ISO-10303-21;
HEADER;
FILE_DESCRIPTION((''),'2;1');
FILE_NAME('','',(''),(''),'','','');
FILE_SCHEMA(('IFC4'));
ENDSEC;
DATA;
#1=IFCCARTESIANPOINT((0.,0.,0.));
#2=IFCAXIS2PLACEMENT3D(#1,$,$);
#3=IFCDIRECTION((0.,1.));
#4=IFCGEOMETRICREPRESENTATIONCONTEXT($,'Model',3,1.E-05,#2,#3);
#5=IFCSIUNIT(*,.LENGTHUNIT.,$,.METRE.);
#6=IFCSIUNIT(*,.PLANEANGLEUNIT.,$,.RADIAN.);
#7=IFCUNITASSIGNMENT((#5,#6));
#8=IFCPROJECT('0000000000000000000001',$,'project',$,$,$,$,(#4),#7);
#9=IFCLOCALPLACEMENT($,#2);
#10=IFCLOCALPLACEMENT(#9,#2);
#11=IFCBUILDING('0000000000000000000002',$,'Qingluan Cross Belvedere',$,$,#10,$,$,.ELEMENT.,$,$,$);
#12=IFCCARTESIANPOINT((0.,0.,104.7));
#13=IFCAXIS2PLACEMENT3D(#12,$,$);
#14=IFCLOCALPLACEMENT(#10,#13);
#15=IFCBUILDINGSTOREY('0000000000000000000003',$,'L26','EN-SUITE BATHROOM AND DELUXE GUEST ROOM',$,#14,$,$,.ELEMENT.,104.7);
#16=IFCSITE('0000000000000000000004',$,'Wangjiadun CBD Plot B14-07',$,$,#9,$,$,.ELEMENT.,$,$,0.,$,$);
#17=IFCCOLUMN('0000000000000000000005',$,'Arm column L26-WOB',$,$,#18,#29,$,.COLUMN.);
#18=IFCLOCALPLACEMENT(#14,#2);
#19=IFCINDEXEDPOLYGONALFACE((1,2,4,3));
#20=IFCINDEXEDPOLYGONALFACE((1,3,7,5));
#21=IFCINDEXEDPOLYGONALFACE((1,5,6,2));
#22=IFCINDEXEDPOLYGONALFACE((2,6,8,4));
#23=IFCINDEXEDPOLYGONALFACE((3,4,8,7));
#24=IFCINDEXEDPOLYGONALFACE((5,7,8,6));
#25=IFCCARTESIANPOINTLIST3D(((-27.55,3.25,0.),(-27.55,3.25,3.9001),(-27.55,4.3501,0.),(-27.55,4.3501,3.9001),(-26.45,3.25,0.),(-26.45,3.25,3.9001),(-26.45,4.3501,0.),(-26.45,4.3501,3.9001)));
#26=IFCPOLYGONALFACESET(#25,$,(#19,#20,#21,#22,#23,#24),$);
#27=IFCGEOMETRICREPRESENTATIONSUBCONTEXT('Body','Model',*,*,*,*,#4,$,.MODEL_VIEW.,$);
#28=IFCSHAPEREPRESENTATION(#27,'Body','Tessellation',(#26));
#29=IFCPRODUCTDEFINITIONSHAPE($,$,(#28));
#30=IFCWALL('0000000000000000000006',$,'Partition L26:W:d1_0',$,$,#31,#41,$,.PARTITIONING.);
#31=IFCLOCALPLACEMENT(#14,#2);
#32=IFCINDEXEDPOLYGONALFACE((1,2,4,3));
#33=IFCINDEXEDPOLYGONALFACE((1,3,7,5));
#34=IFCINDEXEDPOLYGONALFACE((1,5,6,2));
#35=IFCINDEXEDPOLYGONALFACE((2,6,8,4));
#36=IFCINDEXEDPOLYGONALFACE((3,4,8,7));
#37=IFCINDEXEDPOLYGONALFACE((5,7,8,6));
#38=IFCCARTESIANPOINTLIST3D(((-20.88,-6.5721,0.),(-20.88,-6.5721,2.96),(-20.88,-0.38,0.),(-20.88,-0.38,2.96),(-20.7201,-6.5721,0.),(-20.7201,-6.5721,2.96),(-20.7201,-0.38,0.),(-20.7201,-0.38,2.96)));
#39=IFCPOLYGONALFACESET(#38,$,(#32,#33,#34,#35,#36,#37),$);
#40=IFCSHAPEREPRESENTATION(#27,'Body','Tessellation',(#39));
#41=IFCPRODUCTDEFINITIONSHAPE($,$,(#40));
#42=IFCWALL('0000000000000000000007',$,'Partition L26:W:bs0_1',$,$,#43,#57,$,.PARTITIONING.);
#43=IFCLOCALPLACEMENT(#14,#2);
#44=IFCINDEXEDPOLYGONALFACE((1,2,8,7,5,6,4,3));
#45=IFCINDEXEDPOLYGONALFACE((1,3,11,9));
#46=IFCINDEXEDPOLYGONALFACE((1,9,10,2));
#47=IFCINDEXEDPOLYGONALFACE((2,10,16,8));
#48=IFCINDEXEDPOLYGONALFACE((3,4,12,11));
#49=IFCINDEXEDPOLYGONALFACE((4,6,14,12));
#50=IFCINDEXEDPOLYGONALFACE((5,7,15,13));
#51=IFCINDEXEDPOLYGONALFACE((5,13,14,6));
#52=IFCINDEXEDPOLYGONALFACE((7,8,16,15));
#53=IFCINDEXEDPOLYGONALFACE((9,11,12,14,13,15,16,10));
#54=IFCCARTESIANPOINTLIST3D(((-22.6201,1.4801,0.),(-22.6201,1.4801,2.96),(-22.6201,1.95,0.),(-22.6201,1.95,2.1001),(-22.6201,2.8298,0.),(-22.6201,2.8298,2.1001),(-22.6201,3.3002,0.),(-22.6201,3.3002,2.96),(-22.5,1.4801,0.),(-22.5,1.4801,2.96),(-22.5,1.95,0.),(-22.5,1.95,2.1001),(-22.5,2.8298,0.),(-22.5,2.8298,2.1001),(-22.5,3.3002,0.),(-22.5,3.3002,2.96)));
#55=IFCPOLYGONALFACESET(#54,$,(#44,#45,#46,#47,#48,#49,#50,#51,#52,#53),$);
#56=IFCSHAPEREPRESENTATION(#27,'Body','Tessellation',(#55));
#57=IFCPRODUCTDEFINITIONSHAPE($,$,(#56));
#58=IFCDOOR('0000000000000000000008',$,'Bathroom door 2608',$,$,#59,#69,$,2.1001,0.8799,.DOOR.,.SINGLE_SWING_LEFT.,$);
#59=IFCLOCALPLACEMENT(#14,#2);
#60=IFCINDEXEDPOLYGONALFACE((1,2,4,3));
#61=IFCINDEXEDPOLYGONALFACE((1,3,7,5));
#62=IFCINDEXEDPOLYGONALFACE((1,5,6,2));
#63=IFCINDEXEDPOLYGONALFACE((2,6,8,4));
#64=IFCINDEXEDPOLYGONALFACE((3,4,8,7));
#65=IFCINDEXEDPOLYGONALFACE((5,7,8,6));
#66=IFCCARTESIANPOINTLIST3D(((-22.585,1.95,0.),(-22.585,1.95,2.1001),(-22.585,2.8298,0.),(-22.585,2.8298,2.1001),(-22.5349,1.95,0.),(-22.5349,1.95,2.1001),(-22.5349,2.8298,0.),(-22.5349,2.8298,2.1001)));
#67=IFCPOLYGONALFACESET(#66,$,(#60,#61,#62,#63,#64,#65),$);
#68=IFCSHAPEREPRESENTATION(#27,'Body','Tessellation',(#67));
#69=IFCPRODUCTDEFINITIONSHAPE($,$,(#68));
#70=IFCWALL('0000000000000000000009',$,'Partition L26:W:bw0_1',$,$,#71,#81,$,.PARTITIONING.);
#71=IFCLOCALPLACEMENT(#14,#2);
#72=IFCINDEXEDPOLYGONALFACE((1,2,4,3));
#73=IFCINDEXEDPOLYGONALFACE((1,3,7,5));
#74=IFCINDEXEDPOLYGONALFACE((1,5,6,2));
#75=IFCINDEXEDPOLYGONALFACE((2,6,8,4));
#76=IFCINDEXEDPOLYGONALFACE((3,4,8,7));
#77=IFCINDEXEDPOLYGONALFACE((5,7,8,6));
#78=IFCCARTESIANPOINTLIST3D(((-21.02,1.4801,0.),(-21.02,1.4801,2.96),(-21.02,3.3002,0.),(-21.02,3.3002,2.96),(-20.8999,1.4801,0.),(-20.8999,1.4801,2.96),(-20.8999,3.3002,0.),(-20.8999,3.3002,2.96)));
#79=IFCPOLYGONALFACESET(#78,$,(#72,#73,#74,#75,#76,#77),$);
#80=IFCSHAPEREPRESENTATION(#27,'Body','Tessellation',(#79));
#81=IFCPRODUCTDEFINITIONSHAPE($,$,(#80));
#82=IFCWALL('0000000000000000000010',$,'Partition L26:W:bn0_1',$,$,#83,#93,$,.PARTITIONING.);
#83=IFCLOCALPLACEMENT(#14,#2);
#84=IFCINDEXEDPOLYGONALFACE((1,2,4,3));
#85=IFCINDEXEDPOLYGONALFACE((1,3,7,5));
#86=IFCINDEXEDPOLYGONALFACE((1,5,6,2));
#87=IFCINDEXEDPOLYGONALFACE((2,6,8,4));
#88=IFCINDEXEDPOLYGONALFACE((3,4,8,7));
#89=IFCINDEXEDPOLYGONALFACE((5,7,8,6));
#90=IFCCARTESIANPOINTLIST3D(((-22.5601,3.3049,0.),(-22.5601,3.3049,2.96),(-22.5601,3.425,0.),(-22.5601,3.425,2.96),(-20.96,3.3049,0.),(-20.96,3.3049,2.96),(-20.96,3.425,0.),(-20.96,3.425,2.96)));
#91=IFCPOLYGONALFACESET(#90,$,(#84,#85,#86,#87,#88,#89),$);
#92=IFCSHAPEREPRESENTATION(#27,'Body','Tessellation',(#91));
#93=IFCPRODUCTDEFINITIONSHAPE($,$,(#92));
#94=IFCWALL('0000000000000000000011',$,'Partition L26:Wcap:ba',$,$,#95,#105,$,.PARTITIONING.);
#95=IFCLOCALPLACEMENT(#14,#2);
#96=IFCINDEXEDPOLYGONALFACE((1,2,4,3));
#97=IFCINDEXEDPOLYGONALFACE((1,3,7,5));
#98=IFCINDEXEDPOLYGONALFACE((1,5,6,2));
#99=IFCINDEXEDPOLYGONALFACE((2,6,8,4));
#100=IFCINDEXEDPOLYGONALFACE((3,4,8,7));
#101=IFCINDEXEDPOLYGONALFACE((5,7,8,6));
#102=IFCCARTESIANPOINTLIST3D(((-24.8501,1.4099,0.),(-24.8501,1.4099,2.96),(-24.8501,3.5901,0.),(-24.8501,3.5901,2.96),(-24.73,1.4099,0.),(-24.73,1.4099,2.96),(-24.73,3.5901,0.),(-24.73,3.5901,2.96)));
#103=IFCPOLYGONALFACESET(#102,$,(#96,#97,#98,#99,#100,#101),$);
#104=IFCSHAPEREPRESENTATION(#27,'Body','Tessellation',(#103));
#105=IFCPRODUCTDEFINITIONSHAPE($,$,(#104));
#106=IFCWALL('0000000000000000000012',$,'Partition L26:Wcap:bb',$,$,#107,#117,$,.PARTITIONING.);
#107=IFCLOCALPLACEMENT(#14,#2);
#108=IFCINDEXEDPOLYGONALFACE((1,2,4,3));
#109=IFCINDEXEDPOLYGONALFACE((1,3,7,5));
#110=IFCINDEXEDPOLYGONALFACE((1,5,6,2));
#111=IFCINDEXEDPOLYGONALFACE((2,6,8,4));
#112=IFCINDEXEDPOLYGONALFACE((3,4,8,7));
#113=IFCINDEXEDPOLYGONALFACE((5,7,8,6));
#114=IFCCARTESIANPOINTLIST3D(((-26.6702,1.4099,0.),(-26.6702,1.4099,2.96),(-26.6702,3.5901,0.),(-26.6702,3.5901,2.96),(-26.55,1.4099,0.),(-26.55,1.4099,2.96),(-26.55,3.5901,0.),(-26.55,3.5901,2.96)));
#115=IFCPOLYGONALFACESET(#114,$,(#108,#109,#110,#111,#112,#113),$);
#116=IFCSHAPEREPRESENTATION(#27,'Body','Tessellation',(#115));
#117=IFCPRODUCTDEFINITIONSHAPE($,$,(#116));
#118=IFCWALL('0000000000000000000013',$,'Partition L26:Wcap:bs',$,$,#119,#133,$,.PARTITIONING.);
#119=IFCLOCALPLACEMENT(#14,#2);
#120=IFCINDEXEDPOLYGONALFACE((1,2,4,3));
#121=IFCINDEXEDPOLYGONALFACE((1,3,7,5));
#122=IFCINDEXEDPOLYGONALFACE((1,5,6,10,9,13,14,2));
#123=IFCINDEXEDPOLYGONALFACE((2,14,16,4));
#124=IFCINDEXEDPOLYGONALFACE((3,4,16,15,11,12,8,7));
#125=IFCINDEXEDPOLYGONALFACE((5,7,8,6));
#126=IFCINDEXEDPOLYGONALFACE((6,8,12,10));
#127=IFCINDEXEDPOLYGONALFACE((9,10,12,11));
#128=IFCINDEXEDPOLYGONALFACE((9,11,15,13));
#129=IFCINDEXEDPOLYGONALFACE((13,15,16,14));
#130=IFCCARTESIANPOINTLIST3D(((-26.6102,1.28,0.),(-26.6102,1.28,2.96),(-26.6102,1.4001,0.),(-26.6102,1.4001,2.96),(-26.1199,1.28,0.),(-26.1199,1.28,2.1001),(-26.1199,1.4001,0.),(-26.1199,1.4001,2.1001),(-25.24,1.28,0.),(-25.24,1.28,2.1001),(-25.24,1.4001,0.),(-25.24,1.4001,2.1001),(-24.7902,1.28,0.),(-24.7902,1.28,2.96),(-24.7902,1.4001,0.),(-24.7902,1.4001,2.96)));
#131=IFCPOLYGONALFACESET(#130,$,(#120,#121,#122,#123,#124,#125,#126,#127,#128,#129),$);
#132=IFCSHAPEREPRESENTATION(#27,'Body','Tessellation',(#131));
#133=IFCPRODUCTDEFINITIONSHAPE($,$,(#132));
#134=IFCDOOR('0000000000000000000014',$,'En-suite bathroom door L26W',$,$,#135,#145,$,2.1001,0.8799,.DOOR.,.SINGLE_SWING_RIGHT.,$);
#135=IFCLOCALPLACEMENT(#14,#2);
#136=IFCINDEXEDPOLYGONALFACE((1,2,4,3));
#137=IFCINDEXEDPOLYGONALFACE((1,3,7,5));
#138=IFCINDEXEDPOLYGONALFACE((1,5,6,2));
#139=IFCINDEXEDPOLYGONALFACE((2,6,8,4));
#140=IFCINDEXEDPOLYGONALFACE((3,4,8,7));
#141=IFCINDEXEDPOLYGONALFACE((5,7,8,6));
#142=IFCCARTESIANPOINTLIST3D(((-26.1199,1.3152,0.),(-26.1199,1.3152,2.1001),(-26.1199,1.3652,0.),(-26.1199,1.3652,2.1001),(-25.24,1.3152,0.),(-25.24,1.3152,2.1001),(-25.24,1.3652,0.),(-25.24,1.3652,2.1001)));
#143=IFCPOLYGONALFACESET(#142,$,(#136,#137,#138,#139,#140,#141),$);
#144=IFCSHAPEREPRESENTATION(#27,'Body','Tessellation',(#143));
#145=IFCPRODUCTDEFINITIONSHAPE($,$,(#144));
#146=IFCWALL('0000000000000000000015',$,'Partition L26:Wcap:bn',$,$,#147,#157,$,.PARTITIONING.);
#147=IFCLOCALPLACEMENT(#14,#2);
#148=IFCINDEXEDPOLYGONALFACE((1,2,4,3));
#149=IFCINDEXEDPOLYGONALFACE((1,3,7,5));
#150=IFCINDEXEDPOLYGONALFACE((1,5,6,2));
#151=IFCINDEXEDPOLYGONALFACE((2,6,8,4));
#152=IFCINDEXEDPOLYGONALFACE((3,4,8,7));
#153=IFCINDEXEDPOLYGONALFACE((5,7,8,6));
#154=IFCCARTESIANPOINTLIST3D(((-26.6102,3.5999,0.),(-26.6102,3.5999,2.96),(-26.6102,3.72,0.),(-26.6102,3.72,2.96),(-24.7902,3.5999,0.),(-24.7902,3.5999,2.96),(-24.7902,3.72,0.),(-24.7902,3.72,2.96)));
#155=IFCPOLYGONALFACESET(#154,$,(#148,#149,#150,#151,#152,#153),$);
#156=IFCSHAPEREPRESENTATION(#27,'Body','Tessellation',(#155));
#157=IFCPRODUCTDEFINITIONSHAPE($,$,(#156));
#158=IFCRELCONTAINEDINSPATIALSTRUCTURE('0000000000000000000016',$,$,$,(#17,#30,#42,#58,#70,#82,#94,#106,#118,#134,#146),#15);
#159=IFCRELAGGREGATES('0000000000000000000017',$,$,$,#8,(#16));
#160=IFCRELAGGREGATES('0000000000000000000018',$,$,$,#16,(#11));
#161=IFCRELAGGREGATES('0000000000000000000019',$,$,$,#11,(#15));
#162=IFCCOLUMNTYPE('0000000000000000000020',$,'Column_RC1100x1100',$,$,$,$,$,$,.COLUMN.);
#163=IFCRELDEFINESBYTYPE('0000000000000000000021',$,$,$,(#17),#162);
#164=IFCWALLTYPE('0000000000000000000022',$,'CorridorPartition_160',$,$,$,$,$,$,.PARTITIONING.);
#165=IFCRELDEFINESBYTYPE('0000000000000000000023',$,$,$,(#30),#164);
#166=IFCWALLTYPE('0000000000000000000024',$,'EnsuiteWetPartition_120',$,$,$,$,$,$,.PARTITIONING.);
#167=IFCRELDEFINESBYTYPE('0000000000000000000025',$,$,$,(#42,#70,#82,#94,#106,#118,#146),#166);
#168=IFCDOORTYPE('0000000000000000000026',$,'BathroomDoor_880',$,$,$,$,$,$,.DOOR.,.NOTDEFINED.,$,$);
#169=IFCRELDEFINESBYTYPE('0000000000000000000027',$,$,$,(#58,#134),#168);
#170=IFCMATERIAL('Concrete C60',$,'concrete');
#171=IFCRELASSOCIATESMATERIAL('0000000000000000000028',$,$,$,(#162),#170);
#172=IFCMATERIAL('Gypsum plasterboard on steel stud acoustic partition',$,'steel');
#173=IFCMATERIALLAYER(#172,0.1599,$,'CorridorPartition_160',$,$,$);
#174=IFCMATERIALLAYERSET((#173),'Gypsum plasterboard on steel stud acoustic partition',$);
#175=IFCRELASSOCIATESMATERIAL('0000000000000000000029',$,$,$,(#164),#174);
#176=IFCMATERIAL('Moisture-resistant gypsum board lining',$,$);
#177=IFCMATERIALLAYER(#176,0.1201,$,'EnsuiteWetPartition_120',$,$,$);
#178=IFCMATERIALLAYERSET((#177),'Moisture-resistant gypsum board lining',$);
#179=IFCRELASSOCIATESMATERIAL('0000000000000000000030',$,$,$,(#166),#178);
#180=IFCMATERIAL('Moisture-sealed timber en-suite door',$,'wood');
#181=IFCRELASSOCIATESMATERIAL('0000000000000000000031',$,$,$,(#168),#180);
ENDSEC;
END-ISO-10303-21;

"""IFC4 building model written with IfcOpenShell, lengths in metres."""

from ifc_helpers import new_model, si_unit, direction, frame, frame_2d, origin, origin_2d, place, context, subcontext, project, spatial, rectangle, extrude, material, layer, layer_set, material_profile, profile_set, type_object, element, fill, save


model = new_model("IFC4")

# Units and contexts
model_context = context("Model", 3, precision=1e-05, world=origin(), true_north=direction((0.0, 1.0)))
body_context = subcontext(model_context, "Body", "Model", "MODEL_VIEW")
ifc_project = project(units=[si_unit("LENGTHUNIT", "METRE"), si_unit("PLANEANGLEUNIT", "RADIAN")], contexts=[model_context])

# Site, building, storey
site_placement = place(None, origin())
site = spatial("IfcSite", under=ifc_project, at=site_placement, Name="Wangjiadun CBD Plot B14-07", CompositionType="ELEMENT", RefElevation=0.0)
building_placement = place(site_placement, origin())
building = spatial("IfcBuilding", under=site, at=building_placement, Name="Qingluan Cross Belvedere", CompositionType="ELEMENT")
storey_placement = place(building_placement, frame((0.0, 0.0, 104.7)))
storey = spatial("IfcBuildingStorey", under=building, at=storey_placement, Name="L26", Description="EN-SUITE BATHROOM AND DELUXE GUEST ROOM", CompositionType="ELEMENT", Elevation=104.7)

# Column
ifc_material_1 = material(Name="Concrete C60", Category="concrete")
ifc_material_profile = material_profile(ifc_material_1, rectangle(XDim=1.1001, YDim=1.1001, at=origin_2d()), Name="RC1100x1100")
ifc_profile_set = profile_set([ifc_material_profile], Name="Concrete C60")
column_type = type_object("IfcColumnType", Name="Column_RC1100x1100", PredefinedType="COLUMN", material=ifc_profile_set)
column_placement = place(storey_placement, frame((-27.0, 3.8, 0.0), z_axis=(0.0, 0.0, 1.0), x_axis=(1.0, 0.0, 0.0)))
element("IfcColumn", 1, at=column_placement, inside=storey, type_object=column_type, Name="Arm column L26-WOB", PredefinedType="COLUMN", context=body_context, shape_type="SweptSolid", body=[
    extrude(rectangle(XDim=1.1001, YDim=1.1001, at=origin_2d()), origin(), (0.0, 0.0, 1.0), 3.9001),
])

# Wall
ifc_material_2 = material(Name="Gypsum plasterboard on steel stud acoustic partition", Category="steel")
ifc_layer_1 = layer(ifc_material_2, 0.1599, Name="CorridorPartition_160")
ifc_layer_set_1 = layer_set([ifc_layer_1], Name="Gypsum plasterboard on steel stud acoustic partition")
wall_type_1 = type_object("IfcWallType", Name="CorridorPartition_160", PredefinedType="PARTITIONING", material=ifc_layer_set_1)
wall_1_placement = place(storey_placement, frame((-20.8, -0.3799, 0.0), z_axis=(0.0, 0.0, 1.0), x_axis=(0.0, -1.0, 0.0)))
element("IfcWall", 2, at=wall_1_placement, inside=storey, type_object=wall_type_1, Name="Partition L26:W:d1_0", PredefinedType="PARTITIONING", context=body_context, shape_type="SweptSolid", body=[
    extrude(rectangle(XDim=6.1921, YDim=0.1599, at=frame_2d((3.0962, 0.0))), origin(), (0.0, 0.0, 1.0), 2.96),
])

# Wall, opening, door
ifc_material_3 = material(Name="Moisture-resistant gypsum board lining")
ifc_layer_2 = layer(ifc_material_3, 0.1201, Name="EnsuiteWetPartition_120")
ifc_layer_set_2 = layer_set([ifc_layer_2], Name="Moisture-resistant gypsum board lining")
wall_type_2 = type_object("IfcWallType", Name="EnsuiteWetPartition_120", PredefinedType="PARTITIONING", material=ifc_layer_set_2)
wall_2_placement = place(storey_placement, frame((-22.5601, 1.48, 0.0), z_axis=(0.0, 0.0, 1.0), x_axis=(0.0, 1.0, 0.0)))
wall_2 = element("IfcWall", 3, at=wall_2_placement, inside=storey, type_object=wall_type_2, Name="Partition L26:W:bs0_1", PredefinedType="PARTITIONING", context=body_context, shape_type="SweptSolid", body=[
    extrude(rectangle(XDim=1.8201, YDim=0.1201, at=frame_2d((0.9102, 0.0))), origin(), (0.0, 0.0, 1.0), 2.96),
])
opening_1_placement = place(wall_2_placement, frame((0.47, 0.0, 0.0)))
opening_1 = element("IfcOpeningElement", 4, at=opening_1_placement, cuts=wall_2, PredefinedType="OPENING", context=body_context, shape_type="SweptSolid", body=[
    extrude(rectangle(XDim=0.8799, YDim=2.1001, at=frame_2d((0.4399, 1.05))), frame((0.0, 0.0701, 0.0), z_axis=(0.0, -1.0, 0.0), x_axis=(1.0, 0.0, 0.0)), (0.0, 0.0, 1.0), 0.1401),
])
ifc_material_4 = material(Name="Moisture-sealed timber en-suite door", Category="wood")
door_type = type_object("IfcDoorType", Name="BathroomDoor_880", OperationType="NOTDEFINED", PredefinedType="DOOR", material=ifc_material_4)
door_1_placement = place(opening_1_placement, origin())
door_1 = element("IfcDoor", 5, at=door_1_placement, inside=storey, type_object=door_type, Name="Bathroom door 2608", OperationType="SINGLE_SWING_LEFT", OverallHeight=2.1001, OverallWidth=0.8799, PredefinedType="DOOR", context=body_context, shape_type="SweptSolid", body=[
    extrude(rectangle(XDim=0.8799, YDim=2.1001, at=frame_2d((0.4399, 1.05))), frame((0.0, 0.0249, 0.0), z_axis=(0.0, -1.0, 0.0), x_axis=(1.0, 0.0, 0.0)), (0.0, 0.0, 1.0), 0.05),
])
fill(opening_1, door_1)

# Walls
wall_3_placement = place(storey_placement, frame((-20.96, 1.48, 0.0), z_axis=(0.0, 0.0, 1.0), x_axis=(0.0, 1.0, 0.0)))
element("IfcWall", 6, at=wall_3_placement, inside=storey, type_object=wall_type_2, Name="Partition L26:W:bw0_1", PredefinedType="PARTITIONING", context=body_context, shape_type="SweptSolid", body=[
    extrude(rectangle(XDim=1.8201, YDim=0.1201, at=frame_2d((0.9102, 0.0))), origin(), (0.0, 0.0, 1.0), 2.96),
])
wall_4_placement = place(storey_placement, frame((-20.96, 3.365, 0.0), z_axis=(0.0, 0.0, 1.0), x_axis=(-1.0, 0.0, 0.0)))
element("IfcWall", 7, at=wall_4_placement, inside=storey, type_object=wall_type_2, Name="Partition L26:W:bn0_1", PredefinedType="PARTITIONING", context=body_context, shape_type="SweptSolid", body=[
    extrude(rectangle(XDim=1.6001, YDim=0.1201, at=frame_2d((0.8, 0.0))), origin(), (0.0, 0.0, 1.0), 2.96),
])
for number, where, z_axis, x_axis, name in (
    (8, (-24.79, 1.4099, 0.0), (0.0, 0.0, 1.0), (0.0, 1.0, 0.0), "Partition L26:Wcap:ba"),
    (9, (-26.6101, 1.4099, 0.0), (0.0, 0.0, 1.0), (0.0, 1.0, 0.0), "Partition L26:Wcap:bb"),
):
    element("IfcWall", number, at=place(storey_placement, frame(where, z_axis=z_axis, x_axis=x_axis)), inside=storey, type_object=wall_type_2, Name=name, PredefinedType="PARTITIONING", context=body_context, shape_type="SweptSolid", body=[
        extrude(rectangle(XDim=2.1802, YDim=0.1201, at=frame_2d((1.0901, 0.0))), origin(), (0.0, 0.0, 1.0), 2.96),
    ])

# Wall, opening, door
wall_5_placement = place(storey_placement, frame((-24.79, 1.3401, 0.0), z_axis=(0.0, 0.0, 1.0), x_axis=(-1.0, 0.0, 0.0)))
wall_5 = element("IfcWall", 10, at=wall_5_placement, inside=storey, type_object=wall_type_2, Name="Partition L26:Wcap:bs", PredefinedType="PARTITIONING", context=body_context, shape_type="SweptSolid", body=[
    extrude(rectangle(XDim=1.8201, YDim=0.1201, at=frame_2d((0.9102, 0.0))), origin(), (0.0, 0.0, 1.0), 2.96),
])
opening_2_placement = place(wall_5_placement, frame((0.45, 0.0, 0.0)))
opening_2 = element("IfcOpeningElement", 11, at=opening_2_placement, cuts=wall_5, PredefinedType="OPENING", context=body_context, shape_type="SweptSolid", body=[
    extrude(rectangle(XDim=0.8799, YDim=2.1001, at=frame_2d((0.4399, 1.05))), frame((0.0, 0.0701, 0.0), z_axis=(0.0, -1.0, 0.0), x_axis=(1.0, 0.0, 0.0)), (0.0, 0.0, 1.0), 0.1401),
])
door_2_placement = place(opening_2_placement, origin())
door_2 = element("IfcDoor", 12, at=door_2_placement, inside=storey, type_object=door_type, Name="En-suite bathroom door L26W", OperationType="SINGLE_SWING_RIGHT", OverallHeight=2.1001, OverallWidth=0.8799, PredefinedType="DOOR", context=body_context, shape_type="SweptSolid", body=[
    extrude(rectangle(XDim=0.8799, YDim=2.1001, at=frame_2d((0.4399, 1.05))), frame((0.0, 0.0249, 0.0), z_axis=(0.0, -1.0, 0.0), x_axis=(1.0, 0.0, 0.0)), (0.0, 0.0, 1.0), 0.05),
])
fill(opening_2, door_2)

# Wall
wall_6_placement = place(storey_placement, frame((-24.79, 3.6599, 0.0), z_axis=(0.0, 0.0, 1.0), x_axis=(-1.0, 0.0, 0.0)))
element("IfcWall", 13, at=wall_6_placement, inside=storey, type_object=wall_type_2, Name="Partition L26:Wcap:bn", PredefinedType="PARTITIONING", context=body_context, shape_type="SweptSolid", body=[
    extrude(rectangle(XDim=1.8201, YDim=0.1201, at=frame_2d((0.9102, 0.0))), origin(), (0.0, 0.0, 1.0), 2.96),
])

save(model, "model.ifc")
